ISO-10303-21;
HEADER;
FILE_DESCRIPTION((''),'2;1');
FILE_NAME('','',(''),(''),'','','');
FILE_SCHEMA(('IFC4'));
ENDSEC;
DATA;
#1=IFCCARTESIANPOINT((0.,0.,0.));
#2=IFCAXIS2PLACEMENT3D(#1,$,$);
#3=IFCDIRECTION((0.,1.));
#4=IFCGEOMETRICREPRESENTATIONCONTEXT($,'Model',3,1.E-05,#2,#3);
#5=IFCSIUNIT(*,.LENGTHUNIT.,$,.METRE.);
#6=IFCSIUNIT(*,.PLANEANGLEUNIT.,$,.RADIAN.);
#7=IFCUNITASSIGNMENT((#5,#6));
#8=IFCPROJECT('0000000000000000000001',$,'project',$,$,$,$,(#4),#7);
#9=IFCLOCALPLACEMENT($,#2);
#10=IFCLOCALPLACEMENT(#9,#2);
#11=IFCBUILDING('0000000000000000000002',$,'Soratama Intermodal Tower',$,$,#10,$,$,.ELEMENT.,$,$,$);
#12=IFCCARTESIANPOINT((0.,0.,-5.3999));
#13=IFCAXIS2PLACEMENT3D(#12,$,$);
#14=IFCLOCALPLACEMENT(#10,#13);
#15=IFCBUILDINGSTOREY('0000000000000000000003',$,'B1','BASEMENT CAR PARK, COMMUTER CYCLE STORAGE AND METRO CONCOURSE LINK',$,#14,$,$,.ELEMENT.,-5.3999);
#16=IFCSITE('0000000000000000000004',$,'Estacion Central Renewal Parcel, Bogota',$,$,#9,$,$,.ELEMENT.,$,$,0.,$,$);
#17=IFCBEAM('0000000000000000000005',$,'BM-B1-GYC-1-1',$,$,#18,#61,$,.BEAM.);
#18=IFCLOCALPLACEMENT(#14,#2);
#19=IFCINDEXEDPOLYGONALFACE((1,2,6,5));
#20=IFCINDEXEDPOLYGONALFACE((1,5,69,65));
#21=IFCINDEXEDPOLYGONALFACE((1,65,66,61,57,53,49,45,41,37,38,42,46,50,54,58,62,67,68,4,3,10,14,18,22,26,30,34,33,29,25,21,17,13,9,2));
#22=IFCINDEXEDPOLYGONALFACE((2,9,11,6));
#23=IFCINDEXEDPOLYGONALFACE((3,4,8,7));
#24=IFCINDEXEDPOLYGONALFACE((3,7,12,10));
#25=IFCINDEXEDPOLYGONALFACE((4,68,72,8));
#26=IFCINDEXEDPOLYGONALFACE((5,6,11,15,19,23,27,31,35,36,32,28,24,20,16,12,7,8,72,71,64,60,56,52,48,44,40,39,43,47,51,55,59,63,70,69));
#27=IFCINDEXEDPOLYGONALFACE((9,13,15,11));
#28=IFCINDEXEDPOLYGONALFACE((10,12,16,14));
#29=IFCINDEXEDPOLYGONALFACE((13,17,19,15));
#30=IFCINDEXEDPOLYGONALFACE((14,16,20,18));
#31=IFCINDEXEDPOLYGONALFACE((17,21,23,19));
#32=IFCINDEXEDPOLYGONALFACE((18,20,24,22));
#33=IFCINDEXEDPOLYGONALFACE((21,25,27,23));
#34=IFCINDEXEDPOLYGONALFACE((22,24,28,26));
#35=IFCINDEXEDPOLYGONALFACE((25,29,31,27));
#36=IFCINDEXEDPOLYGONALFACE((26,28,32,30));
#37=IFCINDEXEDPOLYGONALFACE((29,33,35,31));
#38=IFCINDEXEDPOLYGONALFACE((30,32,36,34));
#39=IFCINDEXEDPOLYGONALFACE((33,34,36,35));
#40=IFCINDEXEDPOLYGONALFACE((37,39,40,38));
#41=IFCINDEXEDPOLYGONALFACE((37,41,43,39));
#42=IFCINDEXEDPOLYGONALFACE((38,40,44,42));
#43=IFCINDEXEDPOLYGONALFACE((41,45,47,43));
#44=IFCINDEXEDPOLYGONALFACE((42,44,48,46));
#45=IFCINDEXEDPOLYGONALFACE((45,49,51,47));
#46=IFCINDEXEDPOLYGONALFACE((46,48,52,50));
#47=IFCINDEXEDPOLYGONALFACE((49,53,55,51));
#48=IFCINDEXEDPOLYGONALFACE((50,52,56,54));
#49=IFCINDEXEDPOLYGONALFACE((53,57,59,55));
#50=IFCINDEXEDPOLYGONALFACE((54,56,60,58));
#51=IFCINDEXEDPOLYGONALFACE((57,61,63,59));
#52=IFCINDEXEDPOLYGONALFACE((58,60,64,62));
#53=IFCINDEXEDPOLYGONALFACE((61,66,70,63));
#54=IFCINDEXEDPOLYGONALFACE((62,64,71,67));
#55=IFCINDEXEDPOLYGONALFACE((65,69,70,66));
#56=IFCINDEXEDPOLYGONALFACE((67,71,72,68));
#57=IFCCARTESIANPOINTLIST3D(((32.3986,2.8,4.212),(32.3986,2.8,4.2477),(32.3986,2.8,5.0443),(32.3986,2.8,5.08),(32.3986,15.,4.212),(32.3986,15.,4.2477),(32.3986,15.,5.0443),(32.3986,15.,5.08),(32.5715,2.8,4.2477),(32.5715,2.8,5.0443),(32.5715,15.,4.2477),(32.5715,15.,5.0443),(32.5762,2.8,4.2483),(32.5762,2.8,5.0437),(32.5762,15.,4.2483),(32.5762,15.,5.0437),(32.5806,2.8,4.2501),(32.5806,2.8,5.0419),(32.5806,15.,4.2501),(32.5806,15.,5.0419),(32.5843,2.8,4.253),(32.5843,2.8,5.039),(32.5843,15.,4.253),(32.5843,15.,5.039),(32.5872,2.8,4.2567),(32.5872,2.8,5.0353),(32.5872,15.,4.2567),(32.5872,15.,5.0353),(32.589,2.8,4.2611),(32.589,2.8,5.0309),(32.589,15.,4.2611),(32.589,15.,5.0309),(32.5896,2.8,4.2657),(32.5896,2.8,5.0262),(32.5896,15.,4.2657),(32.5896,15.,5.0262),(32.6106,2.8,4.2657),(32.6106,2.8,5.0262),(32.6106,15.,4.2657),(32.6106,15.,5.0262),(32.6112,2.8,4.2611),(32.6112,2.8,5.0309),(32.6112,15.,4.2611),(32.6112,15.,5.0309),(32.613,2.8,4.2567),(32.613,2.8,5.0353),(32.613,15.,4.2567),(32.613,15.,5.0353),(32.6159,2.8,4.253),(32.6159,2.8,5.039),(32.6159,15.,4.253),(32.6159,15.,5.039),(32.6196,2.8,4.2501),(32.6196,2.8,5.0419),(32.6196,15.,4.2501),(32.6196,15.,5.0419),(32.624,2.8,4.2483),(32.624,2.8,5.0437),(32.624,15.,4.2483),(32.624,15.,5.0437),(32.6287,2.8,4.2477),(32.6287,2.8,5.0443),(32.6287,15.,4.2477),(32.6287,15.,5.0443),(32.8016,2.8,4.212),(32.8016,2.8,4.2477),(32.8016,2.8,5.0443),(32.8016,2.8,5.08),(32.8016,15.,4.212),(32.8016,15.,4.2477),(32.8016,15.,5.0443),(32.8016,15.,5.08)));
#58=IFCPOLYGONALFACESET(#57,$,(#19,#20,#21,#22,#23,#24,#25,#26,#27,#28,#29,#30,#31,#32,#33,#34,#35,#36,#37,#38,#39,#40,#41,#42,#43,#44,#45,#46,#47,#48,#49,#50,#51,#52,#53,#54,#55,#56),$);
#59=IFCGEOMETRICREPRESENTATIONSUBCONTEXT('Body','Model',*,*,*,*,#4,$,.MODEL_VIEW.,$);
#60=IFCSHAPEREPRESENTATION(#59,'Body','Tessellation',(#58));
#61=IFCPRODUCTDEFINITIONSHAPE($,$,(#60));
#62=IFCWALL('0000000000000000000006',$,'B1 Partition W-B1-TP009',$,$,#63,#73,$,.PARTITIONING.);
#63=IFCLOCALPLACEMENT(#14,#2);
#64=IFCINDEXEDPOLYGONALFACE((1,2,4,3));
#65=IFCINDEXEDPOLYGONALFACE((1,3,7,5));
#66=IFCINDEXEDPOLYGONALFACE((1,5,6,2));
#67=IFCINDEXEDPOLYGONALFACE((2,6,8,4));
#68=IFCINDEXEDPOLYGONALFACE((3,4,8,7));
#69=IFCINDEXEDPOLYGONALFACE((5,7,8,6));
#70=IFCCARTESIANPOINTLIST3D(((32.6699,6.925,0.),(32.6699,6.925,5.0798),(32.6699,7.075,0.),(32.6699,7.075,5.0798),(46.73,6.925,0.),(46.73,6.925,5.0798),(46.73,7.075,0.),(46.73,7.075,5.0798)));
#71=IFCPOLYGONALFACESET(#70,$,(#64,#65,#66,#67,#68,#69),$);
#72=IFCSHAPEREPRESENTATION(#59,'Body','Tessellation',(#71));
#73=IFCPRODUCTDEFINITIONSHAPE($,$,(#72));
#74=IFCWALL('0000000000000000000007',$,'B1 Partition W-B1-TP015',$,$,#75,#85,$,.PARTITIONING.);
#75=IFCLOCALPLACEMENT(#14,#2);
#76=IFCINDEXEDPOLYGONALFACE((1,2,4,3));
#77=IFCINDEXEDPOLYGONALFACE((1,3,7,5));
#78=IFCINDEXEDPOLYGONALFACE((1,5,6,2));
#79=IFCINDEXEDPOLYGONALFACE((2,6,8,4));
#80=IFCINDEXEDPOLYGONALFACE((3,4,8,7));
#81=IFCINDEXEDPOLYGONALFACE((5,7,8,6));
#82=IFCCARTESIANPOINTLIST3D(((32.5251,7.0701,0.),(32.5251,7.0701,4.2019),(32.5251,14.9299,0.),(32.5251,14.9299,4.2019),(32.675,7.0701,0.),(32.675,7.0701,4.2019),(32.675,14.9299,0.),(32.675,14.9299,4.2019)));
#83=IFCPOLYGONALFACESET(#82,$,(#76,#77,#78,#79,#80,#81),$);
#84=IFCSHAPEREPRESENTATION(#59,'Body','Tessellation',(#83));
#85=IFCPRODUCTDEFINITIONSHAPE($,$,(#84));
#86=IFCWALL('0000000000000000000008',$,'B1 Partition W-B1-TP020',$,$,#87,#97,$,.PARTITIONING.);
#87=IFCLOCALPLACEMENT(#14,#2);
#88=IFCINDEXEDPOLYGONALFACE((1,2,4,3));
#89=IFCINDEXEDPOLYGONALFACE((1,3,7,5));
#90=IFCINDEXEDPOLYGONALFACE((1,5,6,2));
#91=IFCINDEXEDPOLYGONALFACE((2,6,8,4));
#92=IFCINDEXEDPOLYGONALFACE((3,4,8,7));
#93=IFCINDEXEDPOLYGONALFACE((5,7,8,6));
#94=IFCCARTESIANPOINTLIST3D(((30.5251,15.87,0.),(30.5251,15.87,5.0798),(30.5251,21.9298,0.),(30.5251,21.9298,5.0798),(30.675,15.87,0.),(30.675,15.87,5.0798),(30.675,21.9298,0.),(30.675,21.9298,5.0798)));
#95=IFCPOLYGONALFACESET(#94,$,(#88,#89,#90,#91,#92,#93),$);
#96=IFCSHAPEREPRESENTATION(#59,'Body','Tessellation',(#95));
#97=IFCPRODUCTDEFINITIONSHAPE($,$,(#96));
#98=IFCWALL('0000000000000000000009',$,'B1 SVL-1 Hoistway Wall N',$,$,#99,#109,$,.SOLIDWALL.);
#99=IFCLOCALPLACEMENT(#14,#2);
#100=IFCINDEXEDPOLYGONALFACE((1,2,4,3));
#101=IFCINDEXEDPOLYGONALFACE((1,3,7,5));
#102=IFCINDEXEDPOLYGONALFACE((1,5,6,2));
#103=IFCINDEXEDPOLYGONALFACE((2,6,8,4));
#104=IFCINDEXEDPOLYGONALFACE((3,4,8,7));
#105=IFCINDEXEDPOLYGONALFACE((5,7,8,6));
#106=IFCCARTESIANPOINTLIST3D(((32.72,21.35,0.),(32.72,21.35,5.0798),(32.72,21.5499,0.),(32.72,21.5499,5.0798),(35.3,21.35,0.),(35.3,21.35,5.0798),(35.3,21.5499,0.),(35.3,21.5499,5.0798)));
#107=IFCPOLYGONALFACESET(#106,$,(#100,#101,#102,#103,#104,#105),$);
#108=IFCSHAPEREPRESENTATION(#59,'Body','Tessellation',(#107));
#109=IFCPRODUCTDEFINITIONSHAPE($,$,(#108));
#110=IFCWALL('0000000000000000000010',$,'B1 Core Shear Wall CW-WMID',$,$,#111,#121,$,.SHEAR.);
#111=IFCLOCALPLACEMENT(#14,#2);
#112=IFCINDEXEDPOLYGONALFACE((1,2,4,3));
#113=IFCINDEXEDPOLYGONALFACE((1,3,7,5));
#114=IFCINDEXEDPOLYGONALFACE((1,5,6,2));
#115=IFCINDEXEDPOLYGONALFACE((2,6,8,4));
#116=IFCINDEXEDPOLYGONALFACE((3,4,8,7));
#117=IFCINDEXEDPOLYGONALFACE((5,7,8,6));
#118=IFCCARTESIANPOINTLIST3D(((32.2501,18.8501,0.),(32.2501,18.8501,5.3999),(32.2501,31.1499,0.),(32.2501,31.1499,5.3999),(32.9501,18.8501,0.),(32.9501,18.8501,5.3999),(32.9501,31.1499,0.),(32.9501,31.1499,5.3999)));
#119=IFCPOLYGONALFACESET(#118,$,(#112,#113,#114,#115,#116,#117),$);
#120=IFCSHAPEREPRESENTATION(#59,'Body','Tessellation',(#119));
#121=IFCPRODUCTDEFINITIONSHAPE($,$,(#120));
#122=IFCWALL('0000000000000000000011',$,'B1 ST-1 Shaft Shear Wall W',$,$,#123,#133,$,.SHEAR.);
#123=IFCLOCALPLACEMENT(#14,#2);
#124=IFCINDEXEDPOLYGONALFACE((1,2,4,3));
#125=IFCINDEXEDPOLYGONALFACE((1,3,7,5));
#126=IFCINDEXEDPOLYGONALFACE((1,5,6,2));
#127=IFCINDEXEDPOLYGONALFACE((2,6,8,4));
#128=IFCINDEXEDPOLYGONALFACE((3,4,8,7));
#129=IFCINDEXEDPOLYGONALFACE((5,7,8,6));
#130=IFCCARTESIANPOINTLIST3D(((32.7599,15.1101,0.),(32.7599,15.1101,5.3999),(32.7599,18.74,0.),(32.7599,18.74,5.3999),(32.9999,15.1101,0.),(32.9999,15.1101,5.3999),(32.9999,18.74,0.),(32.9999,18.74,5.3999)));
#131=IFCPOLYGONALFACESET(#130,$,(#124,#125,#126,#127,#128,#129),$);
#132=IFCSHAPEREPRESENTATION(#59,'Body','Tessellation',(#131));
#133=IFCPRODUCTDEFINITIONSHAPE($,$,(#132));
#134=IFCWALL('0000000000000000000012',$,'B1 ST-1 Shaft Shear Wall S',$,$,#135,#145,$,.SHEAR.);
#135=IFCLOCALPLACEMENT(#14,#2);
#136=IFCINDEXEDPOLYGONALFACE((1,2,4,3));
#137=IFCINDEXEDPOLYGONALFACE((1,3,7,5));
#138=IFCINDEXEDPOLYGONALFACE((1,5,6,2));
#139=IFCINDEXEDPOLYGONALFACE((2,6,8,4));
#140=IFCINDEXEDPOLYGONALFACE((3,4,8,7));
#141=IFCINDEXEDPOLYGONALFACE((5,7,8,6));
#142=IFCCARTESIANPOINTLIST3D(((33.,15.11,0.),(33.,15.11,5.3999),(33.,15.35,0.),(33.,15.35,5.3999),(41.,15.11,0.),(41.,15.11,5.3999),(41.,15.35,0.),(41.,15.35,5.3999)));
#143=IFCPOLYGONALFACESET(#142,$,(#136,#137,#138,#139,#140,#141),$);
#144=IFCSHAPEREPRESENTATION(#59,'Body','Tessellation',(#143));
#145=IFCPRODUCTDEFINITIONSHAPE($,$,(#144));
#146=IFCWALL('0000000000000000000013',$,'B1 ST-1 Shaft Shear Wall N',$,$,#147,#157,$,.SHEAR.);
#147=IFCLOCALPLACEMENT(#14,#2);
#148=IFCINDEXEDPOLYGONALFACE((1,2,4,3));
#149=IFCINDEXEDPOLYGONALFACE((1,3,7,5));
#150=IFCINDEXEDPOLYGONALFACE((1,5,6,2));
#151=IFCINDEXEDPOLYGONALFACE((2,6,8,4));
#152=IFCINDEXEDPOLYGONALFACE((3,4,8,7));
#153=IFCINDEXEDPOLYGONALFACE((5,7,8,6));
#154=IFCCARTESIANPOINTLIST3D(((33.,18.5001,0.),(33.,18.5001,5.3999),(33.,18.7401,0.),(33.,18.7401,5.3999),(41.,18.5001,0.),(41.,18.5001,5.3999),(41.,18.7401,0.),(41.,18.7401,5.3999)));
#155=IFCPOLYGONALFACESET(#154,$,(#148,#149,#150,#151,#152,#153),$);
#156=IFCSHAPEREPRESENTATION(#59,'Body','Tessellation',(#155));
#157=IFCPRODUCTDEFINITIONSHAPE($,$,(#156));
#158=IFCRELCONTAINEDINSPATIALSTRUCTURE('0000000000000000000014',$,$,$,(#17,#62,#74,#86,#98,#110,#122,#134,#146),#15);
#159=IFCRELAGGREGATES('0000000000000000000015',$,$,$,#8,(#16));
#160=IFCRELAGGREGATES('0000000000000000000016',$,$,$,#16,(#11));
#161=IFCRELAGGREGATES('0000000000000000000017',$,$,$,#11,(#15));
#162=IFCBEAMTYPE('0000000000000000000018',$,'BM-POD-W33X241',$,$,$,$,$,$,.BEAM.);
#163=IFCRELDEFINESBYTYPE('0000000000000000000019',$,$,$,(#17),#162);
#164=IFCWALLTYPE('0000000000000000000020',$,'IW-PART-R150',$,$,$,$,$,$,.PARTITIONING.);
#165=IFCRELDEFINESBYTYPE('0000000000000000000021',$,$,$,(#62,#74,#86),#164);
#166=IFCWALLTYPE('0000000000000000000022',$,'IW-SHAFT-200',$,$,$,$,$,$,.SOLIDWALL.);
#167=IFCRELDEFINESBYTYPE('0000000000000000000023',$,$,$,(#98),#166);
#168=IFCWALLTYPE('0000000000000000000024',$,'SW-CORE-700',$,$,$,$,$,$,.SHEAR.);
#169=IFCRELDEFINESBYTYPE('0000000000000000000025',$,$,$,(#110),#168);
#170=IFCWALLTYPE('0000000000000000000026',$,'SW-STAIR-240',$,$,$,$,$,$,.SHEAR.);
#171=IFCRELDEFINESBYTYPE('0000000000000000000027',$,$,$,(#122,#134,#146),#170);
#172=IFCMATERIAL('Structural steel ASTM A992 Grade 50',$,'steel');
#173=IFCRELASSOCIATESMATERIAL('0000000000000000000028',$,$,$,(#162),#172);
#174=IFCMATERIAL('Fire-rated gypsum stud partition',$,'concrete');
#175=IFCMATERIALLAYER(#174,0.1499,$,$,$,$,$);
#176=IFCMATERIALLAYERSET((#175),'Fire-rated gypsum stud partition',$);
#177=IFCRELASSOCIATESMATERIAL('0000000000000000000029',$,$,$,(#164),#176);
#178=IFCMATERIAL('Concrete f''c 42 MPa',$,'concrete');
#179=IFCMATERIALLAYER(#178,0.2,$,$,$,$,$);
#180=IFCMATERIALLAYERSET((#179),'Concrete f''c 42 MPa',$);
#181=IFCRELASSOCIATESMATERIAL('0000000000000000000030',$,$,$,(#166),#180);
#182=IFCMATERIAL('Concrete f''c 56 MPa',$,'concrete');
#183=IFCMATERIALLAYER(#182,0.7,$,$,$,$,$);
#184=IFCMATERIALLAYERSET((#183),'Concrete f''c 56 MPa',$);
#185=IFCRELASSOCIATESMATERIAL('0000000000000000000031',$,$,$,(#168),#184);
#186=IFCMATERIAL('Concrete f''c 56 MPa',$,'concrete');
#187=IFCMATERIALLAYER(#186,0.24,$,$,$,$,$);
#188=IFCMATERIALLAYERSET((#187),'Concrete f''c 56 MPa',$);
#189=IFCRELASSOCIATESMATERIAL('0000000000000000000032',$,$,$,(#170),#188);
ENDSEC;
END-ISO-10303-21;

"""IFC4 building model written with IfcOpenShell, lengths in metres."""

from ifc_helpers import new_model, si_unit, direction, frame, frame_2d, origin, origin_2d, place, context, subcontext, project, spatial, rectangle, i_section, extrude, material, layer, layer_set, material_profile, profile_set, type_object, element, save


model = new_model("IFC4")

# Units and contexts
model_context = context("Model", 3, precision=1e-05, world=origin(), true_north=direction((0.0, 1.0)))
body_context = subcontext(model_context, "Body", "Model", "MODEL_VIEW")
ifc_project = project(units=[si_unit("LENGTHUNIT", "METRE"), si_unit("PLANEANGLEUNIT", "RADIAN")], contexts=[model_context])

# Site, building, storey
site_placement = place(None, origin())
site = spatial("IfcSite", under=ifc_project, at=site_placement, Name="Estacion Central Renewal Parcel, Bogota", CompositionType="ELEMENT", RefElevation=0.0)
building_placement = place(site_placement, origin())
building = spatial("IfcBuilding", under=site, at=building_placement, Name="Soratama Intermodal Tower", CompositionType="ELEMENT")
storey_placement = place(building_placement, frame((0.0, 0.0, -5.3999)))
storey = spatial("IfcBuildingStorey", under=building, at=storey_placement, Name="B1", Description="BASEMENT CAR PARK, COMMUTER CYCLE STORAGE AND METRO CONCOURSE LINK", CompositionType="ELEMENT", Elevation=-5.3999)

# Beam
ifc_material_1 = material(Name="Structural steel ASTM A992 Grade 50", Category="steel")
ifc_material_profile_1 = material_profile(ifc_material_1, i_section(OverallWidth=0.4031, OverallDepth=0.8679, WebThickness=0.021, FlangeThickness=0.0356, FilletRadius=0.0181, at=origin_2d()), Name="W33X241")
ifc_profile_set_1 = profile_set([ifc_material_profile_1], Name="Structural steel ASTM A992 Grade 50")
beam_type_1 = type_object("IfcBeamType", Name="BM-POD-W33X241", PredefinedType="BEAM", material=ifc_profile_set_1)
beam_1_placement = place(storey_placement, frame((32.6001, 2.8, 4.646), z_axis=(0.0, 1.0, 0.0), x_axis=(-1.0, 0.0, 0.0)))
element("IfcBeam", 1, at=beam_1_placement, inside=storey, type_object=beam_type_1, Name="BM-B1-GYC-1-1", PredefinedType="BEAM", context=body_context, shape_type="SweptSolid", body=[
    extrude(i_section(OverallWidth=0.4031, OverallDepth=0.8679, WebThickness=0.021, FlangeThickness=0.0356, FilletRadius=0.0181, at=origin_2d()), origin(), (0.0, 0.0, 1.0), 12.2),
])

# Walls
ifc_material_2 = material(Name="Fire-rated gypsum stud partition", Category="concrete")
ifc_layer_1 = layer(ifc_material_2, 0.1499)
ifc_layer_set_1 = layer_set([ifc_layer_1], Name="Fire-rated gypsum stud partition")
wall_type_1 = type_object("IfcWallType", Name="IW-PART-R150", PredefinedType="PARTITIONING", material=ifc_layer_set_1)
wall_1_placement = place(storey_placement, frame((32.6699, 7.0, 0.0), z_axis=(0.0, 0.0, 1.0), x_axis=(1.0, 0.0, 0.0)))
element("IfcWall", 2, at=wall_1_placement, inside=storey, type_object=wall_type_1, Name="B1 Partition W-B1-TP009", PredefinedType="PARTITIONING", context=body_context, shape_type="SweptSolid", body=[
    extrude(rectangle(XDim=14.0601, YDim=0.1499, at=frame_2d((7.03, 0.0))), origin(), (0.0, 0.0, 1.0), 5.0798),
])
wall_2_placement = place(storey_placement, frame((32.6001, 14.9299, 0.0), z_axis=(0.0, 0.0, 1.0), x_axis=(0.0, -1.0, 0.0)))
element("IfcWall", 3, at=wall_2_placement, inside=storey, type_object=wall_type_1, Name="B1 Partition W-B1-TP015", PredefinedType="PARTITIONING", context=body_context, shape_type="SweptSolid", body=[
    extrude(rectangle(XDim=7.8599, YDim=0.1499, at=frame_2d((3.9299, 0.0))), origin(), (0.0, 0.0, 1.0), 4.2019),
])
wall_3_placement = place(storey_placement, frame((30.6001, 15.8701, 0.0), z_axis=(0.0, 0.0, 1.0), x_axis=(0.0, 1.0, 0.0)))
element("IfcWall", 4, at=wall_3_placement, inside=storey, type_object=wall_type_1, Name="B1 Partition W-B1-TP020", PredefinedType="PARTITIONING", context=body_context, shape_type="SweptSolid", body=[
    extrude(rectangle(XDim=6.0598, YDim=0.1499, at=frame_2d((3.0298, 0.0))), origin(), (0.0, 0.0, 1.0), 5.0798),
])

# Shared definitions
ifc_material_3 = material(Name="Concrete f'c 42 MPa", Category="concrete")
ifc_layer_2 = layer(ifc_material_3, 0.2)
ifc_layer_set_2 = layer_set([ifc_layer_2], Name="Concrete f'c 42 MPa")
wall_type_2 = type_object("IfcWallType", Name="IW-SHAFT-200", PredefinedType="SOLIDWALL", material=ifc_layer_set_2)

# Wall
wall_4_placement = place(storey_placement, frame((32.72, 21.45, 0.0), z_axis=(0.0, 0.0, 1.0), x_axis=(1.0, 0.0, 0.0)))
element("IfcWall", 5, at=wall_4_placement, inside=storey, type_object=wall_type_2, Name="B1 SVL-1 Hoistway Wall N", PredefinedType="SOLIDWALL", context=body_context, shape_type="SweptSolid", body=[
    extrude(rectangle(XDim=2.5801, YDim=0.2, at=frame_2d((1.29, 0.0))), origin(), (0.0, 0.0, 1.0), 5.0798),
])

# Walls
ifc_material_4 = material(Name="Concrete f'c 56 MPa", Category="concrete")
ifc_layer_3 = layer(ifc_material_4, 0.7)
ifc_layer_set_3 = layer_set([ifc_layer_3], Name="Concrete f'c 56 MPa")
wall_type_3 = type_object("IfcWallType", Name="SW-CORE-700", PredefinedType="SHEAR", material=ifc_layer_set_3)
wall_5_placement = place(storey_placement, frame((32.6001, 18.8501, 0.0), z_axis=(0.0, 0.0, 1.0), x_axis=(0.0, 1.0, 0.0)))
element("IfcWall", 6, at=wall_5_placement, inside=storey, type_object=wall_type_3, Name="B1 Core Shear Wall CW-WMID", PredefinedType="SHEAR", context=body_context, shape_type="SweptSolid", body=[
    extrude(rectangle(XDim=12.2998, YDim=0.7, at=frame_2d((6.1499, 0.0))), origin(), (0.0, 0.0, 1.0), 5.3999),
])
ifc_material_5 = material(Name="Concrete f'c 56 MPa", Category="concrete")
ifc_layer_4 = layer(ifc_material_5, 0.24)
ifc_layer_set_4 = layer_set([ifc_layer_4], Name="Concrete f'c 56 MPa")
wall_type_4 = type_object("IfcWallType", Name="SW-STAIR-240", PredefinedType="SHEAR", material=ifc_layer_set_4)
wall_6_placement = place(storey_placement, frame((32.8799, 15.1101, 0.0), z_axis=(0.0, 0.0, 1.0), x_axis=(0.0, 1.0, 0.0)))
element("IfcWall", 7, at=wall_6_placement, inside=storey, type_object=wall_type_4, Name="B1 ST-1 Shaft Shear Wall W", PredefinedType="SHEAR", context=body_context, shape_type="SweptSolid", body=[
    extrude(rectangle(XDim=3.6299, YDim=0.24, at=frame_2d((1.8149, 0.0))), origin(), (0.0, 0.0, 1.0), 5.3999),
])
for number, where, z_axis, x_axis, name in (
    (8, (33.0, 15.23, 0.0), (0.0, 0.0, 1.0), (1.0, 0.0, 0.0), "B1 ST-1 Shaft Shear Wall S"),
    (9, (33.0, 18.6201, 0.0), (0.0, 0.0, 1.0), (1.0, 0.0, 0.0), "B1 ST-1 Shaft Shear Wall N"),
):
    element("IfcWall", number, at=place(storey_placement, frame(where, z_axis=z_axis, x_axis=x_axis)), inside=storey, type_object=wall_type_4, Name=name, PredefinedType="SHEAR", context=body_context, shape_type="SweptSolid", body=[
        extrude(rectangle(XDim=8.0, YDim=0.24, at=frame_2d((4.0, 0.0))), origin(), (0.0, 0.0, 1.0), 5.3999),
    ])

save(model, "model.ifc")
